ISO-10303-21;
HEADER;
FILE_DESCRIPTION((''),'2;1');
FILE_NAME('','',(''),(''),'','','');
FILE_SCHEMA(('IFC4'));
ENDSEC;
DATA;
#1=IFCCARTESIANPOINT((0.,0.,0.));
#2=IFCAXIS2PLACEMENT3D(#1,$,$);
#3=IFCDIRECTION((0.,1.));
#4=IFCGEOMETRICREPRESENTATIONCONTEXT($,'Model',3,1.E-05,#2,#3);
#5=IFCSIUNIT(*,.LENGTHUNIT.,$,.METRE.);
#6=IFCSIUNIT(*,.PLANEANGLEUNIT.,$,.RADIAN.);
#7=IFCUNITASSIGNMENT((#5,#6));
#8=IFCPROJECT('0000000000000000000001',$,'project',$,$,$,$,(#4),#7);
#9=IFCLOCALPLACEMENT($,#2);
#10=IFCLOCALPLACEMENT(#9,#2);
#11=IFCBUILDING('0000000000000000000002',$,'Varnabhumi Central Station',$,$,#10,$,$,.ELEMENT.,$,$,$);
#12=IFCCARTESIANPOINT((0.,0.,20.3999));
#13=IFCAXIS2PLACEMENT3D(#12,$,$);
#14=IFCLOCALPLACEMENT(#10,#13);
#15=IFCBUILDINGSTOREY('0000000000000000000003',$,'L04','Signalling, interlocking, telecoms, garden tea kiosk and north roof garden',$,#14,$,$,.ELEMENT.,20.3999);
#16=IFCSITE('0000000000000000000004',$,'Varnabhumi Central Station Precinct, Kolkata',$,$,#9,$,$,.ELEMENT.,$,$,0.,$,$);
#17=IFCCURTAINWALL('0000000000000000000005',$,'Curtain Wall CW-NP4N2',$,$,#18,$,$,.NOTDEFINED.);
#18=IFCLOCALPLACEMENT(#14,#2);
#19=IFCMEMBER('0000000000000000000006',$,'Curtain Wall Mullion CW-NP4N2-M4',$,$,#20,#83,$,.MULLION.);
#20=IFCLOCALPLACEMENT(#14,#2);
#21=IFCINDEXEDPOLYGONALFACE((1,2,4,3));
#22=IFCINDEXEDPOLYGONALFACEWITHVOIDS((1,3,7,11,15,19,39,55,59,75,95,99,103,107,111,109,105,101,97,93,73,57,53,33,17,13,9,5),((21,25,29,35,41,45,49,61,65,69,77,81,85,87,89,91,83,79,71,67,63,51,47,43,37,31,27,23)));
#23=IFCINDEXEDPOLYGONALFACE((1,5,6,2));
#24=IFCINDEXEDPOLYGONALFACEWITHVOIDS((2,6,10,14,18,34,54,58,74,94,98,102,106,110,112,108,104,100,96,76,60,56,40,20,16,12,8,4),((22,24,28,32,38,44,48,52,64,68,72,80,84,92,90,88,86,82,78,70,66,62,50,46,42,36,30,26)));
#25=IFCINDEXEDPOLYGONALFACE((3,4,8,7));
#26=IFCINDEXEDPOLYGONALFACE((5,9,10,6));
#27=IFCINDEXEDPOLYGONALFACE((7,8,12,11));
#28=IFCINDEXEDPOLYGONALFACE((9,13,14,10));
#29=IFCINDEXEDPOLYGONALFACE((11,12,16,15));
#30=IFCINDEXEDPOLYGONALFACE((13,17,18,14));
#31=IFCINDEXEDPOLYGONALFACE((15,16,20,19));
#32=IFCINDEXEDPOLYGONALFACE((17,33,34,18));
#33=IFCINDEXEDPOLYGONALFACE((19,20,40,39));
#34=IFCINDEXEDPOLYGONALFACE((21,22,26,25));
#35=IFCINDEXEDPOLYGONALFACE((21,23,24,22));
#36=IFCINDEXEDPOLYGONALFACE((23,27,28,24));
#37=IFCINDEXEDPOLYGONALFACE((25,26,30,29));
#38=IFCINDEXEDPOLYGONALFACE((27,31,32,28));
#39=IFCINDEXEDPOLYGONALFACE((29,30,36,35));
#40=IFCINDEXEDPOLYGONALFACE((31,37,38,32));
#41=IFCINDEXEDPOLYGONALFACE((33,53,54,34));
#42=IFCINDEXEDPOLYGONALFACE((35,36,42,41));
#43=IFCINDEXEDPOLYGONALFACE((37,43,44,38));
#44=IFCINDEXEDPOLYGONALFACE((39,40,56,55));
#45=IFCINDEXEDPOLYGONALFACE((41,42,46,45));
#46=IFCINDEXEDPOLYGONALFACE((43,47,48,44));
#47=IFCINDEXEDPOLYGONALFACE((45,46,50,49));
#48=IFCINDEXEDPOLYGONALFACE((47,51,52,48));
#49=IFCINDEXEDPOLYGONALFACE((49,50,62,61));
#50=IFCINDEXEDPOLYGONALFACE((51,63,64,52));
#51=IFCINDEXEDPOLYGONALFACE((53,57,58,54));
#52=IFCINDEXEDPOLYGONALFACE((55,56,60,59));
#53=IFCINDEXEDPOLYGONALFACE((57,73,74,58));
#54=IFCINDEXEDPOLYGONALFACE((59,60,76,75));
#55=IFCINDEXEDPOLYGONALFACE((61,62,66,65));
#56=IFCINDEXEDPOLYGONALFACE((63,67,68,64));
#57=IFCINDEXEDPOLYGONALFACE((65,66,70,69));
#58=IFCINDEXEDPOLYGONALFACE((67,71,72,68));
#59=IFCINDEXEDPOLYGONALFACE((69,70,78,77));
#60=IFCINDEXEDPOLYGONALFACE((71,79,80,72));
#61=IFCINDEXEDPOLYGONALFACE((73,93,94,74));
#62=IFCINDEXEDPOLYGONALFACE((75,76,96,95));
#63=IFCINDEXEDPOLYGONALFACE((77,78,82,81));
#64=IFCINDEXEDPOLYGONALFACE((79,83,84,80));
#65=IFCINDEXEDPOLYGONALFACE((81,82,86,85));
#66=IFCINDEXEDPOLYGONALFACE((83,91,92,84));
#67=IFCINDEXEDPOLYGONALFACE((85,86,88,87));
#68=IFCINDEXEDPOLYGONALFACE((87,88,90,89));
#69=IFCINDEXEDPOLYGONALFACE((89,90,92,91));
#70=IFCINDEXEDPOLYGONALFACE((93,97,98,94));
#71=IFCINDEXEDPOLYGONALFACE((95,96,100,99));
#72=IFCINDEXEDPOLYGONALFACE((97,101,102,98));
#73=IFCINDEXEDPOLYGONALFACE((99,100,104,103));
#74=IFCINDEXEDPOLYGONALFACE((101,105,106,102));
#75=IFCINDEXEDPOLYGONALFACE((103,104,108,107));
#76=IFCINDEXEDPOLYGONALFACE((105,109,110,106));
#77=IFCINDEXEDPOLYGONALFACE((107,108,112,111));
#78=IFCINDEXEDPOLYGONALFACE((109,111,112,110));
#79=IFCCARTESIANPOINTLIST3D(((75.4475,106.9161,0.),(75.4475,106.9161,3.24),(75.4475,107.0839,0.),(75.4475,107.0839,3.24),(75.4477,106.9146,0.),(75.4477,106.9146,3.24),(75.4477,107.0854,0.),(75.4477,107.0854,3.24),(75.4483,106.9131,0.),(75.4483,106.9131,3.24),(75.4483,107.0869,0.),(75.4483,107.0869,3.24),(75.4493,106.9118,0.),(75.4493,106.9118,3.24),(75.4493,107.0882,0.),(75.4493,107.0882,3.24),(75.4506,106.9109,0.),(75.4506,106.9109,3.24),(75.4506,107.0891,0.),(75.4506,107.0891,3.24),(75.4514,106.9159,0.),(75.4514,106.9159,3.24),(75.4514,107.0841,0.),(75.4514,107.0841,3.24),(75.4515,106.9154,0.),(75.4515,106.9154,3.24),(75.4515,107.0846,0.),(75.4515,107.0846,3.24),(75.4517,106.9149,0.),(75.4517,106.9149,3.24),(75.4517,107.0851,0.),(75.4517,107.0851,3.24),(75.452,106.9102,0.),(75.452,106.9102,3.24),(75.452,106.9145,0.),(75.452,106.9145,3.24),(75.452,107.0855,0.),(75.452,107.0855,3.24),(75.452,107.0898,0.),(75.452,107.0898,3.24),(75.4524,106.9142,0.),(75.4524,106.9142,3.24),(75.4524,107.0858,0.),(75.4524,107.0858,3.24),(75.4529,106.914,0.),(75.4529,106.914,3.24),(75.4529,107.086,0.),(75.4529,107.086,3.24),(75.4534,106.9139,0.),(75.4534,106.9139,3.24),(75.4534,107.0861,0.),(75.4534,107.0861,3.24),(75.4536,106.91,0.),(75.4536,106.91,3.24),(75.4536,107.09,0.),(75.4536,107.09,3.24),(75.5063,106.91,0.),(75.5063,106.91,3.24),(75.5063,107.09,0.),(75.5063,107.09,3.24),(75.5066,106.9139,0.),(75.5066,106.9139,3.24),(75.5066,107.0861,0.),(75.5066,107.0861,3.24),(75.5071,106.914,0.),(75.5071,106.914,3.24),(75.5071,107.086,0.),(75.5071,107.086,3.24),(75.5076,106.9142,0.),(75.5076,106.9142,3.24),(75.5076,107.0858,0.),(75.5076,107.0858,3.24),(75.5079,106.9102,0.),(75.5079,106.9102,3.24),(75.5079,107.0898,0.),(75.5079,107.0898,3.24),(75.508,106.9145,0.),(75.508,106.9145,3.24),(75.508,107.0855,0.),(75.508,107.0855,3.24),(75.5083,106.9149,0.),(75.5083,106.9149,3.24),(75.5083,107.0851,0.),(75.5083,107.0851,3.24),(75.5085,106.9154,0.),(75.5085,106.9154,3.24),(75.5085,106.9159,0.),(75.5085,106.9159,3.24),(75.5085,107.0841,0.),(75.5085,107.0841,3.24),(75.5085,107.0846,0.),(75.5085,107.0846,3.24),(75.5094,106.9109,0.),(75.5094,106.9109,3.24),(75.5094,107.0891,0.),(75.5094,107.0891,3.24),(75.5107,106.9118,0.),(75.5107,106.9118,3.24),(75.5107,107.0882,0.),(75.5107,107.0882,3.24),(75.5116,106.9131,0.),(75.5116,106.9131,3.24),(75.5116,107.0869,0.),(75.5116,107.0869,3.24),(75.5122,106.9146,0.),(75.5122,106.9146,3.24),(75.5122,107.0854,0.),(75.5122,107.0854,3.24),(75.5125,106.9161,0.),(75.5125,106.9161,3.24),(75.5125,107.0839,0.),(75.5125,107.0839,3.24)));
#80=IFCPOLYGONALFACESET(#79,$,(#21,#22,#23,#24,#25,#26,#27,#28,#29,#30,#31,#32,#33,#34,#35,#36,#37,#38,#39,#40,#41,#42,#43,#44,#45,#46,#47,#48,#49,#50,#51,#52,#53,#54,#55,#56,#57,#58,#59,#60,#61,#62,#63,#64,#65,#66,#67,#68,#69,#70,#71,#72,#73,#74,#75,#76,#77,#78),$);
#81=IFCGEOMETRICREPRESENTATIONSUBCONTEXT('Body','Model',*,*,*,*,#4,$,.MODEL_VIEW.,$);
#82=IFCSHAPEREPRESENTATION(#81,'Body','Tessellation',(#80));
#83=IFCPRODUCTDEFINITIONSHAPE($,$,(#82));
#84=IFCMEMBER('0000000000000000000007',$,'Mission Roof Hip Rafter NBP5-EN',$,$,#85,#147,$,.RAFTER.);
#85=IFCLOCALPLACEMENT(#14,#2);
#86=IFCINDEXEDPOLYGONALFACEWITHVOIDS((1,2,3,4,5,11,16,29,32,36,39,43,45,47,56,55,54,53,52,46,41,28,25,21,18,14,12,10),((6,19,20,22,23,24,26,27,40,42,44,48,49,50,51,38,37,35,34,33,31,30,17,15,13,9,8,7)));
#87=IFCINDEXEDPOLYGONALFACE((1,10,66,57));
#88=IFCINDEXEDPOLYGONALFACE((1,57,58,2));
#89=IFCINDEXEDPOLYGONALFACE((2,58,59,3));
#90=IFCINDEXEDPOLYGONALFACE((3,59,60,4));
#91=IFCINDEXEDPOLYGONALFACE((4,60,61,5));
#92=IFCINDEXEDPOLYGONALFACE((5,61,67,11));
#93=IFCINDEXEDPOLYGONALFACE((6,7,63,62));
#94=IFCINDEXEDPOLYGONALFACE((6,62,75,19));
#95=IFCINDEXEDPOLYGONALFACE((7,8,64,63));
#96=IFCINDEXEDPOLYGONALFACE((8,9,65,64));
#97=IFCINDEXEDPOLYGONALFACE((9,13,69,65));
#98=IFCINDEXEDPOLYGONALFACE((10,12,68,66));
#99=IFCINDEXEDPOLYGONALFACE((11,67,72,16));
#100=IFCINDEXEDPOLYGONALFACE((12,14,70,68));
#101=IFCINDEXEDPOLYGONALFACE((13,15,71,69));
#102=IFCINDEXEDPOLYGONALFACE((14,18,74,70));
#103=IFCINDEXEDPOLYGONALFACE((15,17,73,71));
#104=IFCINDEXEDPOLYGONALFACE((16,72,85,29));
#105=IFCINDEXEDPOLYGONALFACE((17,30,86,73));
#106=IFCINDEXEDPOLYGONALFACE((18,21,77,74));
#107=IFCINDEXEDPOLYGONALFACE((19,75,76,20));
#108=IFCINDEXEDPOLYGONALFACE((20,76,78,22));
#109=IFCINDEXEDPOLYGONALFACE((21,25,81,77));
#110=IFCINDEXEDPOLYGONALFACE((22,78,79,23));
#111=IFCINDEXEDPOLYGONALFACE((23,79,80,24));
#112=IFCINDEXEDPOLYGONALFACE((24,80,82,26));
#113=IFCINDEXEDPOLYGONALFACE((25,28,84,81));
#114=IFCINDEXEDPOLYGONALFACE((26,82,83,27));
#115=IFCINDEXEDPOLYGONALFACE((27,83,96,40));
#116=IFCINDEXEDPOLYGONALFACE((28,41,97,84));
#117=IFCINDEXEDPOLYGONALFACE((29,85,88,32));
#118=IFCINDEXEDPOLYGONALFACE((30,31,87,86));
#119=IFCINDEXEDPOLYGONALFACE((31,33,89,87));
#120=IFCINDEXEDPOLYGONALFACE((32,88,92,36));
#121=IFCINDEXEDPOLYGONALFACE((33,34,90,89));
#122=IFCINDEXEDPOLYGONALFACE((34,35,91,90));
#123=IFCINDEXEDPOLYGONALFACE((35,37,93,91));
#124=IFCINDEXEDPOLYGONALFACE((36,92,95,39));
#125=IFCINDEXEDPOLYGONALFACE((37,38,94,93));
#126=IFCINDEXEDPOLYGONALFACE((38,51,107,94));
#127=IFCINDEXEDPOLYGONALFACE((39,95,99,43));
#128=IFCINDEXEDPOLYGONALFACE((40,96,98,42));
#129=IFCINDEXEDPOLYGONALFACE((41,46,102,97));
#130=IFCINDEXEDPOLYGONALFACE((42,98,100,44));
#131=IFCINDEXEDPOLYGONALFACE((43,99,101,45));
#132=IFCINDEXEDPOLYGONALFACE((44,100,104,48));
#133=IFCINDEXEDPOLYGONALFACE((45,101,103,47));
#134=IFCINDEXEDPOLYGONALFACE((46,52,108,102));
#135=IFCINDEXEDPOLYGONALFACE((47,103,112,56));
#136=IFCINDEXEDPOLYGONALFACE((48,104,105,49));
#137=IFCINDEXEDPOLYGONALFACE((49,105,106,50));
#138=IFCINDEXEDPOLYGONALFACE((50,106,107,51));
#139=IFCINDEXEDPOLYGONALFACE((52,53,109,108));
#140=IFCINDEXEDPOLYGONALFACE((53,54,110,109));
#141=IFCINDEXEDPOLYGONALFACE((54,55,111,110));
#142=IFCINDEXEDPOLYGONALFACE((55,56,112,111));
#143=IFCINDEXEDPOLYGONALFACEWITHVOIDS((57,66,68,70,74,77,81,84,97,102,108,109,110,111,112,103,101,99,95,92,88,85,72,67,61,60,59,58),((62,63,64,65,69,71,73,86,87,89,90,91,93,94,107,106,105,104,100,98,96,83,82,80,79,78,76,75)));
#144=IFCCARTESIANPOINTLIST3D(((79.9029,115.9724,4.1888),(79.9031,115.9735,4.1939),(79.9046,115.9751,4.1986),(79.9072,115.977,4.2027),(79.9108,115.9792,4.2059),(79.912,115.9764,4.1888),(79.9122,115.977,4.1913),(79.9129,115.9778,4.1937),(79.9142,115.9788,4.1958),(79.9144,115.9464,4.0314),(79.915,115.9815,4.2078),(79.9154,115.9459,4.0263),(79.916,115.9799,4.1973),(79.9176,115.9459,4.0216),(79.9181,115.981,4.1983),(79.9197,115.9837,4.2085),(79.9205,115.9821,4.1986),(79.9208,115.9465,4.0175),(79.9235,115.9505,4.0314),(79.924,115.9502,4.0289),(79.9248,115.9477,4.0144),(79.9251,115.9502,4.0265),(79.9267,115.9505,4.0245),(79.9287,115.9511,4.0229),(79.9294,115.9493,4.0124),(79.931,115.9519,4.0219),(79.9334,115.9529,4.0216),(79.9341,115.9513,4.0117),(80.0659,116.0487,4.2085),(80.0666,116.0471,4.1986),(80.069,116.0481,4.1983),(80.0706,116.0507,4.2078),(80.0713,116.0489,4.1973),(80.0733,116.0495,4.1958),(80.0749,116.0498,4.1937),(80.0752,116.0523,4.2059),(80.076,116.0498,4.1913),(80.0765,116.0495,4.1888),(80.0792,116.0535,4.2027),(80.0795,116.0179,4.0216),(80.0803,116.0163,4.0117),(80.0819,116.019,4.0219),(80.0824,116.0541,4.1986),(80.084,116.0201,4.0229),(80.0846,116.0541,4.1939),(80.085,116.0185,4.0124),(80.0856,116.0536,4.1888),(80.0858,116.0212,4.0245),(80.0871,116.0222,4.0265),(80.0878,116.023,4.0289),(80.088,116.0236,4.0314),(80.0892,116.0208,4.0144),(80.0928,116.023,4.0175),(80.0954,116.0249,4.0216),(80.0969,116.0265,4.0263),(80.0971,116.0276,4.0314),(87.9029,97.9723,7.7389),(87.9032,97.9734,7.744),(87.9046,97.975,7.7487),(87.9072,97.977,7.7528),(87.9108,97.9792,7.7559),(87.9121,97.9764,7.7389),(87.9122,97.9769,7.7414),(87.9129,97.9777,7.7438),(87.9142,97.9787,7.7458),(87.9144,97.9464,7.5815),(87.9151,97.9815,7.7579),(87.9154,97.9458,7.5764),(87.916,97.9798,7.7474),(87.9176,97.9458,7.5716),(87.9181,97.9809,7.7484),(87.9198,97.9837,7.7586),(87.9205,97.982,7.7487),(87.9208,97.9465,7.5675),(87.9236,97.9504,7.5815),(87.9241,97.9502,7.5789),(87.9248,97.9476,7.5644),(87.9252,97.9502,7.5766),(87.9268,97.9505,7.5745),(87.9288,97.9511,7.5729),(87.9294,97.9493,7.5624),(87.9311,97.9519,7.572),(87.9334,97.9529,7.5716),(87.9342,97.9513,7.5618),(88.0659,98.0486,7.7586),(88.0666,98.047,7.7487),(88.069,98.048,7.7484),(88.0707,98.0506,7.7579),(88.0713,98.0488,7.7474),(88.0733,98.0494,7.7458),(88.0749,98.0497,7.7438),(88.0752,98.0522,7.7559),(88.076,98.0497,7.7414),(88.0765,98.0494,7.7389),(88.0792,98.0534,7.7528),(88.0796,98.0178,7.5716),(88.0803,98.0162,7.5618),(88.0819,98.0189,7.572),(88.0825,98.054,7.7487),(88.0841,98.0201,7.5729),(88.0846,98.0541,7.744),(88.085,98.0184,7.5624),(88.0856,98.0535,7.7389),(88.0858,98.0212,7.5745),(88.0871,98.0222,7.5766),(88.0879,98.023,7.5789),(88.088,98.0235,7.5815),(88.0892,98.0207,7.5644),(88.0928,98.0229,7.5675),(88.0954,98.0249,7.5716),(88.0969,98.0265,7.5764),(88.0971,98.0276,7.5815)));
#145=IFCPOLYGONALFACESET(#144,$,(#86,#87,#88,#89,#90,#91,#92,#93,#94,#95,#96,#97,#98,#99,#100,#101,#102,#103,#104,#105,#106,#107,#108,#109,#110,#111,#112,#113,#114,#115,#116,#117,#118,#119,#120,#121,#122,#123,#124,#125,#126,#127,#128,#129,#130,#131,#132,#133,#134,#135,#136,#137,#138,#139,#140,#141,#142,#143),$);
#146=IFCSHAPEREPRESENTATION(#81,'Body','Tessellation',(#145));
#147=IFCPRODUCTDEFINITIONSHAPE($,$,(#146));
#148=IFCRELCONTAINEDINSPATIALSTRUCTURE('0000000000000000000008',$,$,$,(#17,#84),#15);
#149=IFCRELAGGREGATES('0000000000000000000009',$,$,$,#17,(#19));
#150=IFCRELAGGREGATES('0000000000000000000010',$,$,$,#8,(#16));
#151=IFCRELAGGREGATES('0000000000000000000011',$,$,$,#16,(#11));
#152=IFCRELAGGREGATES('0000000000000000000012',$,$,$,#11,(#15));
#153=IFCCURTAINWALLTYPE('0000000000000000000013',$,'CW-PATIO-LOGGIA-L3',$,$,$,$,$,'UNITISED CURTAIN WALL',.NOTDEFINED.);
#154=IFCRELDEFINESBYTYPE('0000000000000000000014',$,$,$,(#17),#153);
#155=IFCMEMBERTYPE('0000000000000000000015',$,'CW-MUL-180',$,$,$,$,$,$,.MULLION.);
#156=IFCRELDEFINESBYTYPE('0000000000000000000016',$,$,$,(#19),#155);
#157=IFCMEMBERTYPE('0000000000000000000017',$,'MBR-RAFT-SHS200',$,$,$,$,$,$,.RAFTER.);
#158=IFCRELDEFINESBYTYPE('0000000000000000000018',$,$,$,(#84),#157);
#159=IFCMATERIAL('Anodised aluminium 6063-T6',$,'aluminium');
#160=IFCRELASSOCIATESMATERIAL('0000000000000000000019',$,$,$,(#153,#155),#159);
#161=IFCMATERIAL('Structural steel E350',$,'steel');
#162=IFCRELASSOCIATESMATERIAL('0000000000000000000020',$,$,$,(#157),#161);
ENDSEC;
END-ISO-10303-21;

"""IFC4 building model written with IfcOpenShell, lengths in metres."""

from ifc_helpers import new_model, si_unit, direction, frame, origin, origin_2d, place, context, subcontext, project, spatial, hollow_rectangle, extrude, material, material_profile, profile_set, type_object, element, aggregate, save


model = new_model("IFC4")

# Units and contexts
model_context = context("Model", 3, precision=1e-05, world=origin(), true_north=direction((0.0, 1.0)))
body_context = subcontext(model_context, "Body", "Model", "MODEL_VIEW")
ifc_project = project(units=[si_unit("LENGTHUNIT", "METRE"), si_unit("PLANEANGLEUNIT", "RADIAN")], contexts=[model_context])

# Site, building, storey
site_placement = place(None, origin())
site = spatial("IfcSite", under=ifc_project, at=site_placement, Name="Varnabhumi Central Station Precinct, Kolkata", CompositionType="ELEMENT", RefElevation=0.0)
building_placement = place(site_placement, origin())
building = spatial("IfcBuilding", under=site, at=building_placement, Name="Varnabhumi Central Station", CompositionType="ELEMENT")
storey_placement = place(building_placement, frame((0.0, 0.0, 20.3999)))
storey = spatial("IfcBuildingStorey", under=building, at=storey_placement, Name="L04", Description="Signalling, interlocking, telecoms, garden tea kiosk and north roof garden", CompositionType="ELEMENT", Elevation=20.3999)

# Shared definitions
ifc_material_1 = material(Name="Structural steel E350", Category="steel")

# Curtain wall, member
ifc_material_2 = material(Name="Anodised aluminium 6063-T6", Category="aluminium")
curtain_wall_type = type_object("IfcCurtainWallType", Name="CW-PATIO-LOGGIA-L3", ElementType="UNITISED CURTAIN WALL", PredefinedType="NOTDEFINED", material=ifc_material_2)
curtain_wall_placement = place(storey_placement, origin())
curtain_wall = element("IfcCurtainWall", 1, at=curtain_wall_placement, inside=storey, type_object=curtain_wall_type, Name="Curtain Wall CW-NP4N2", PredefinedType="NOTDEFINED")
ifc_material_profile_1 = material_profile(ifc_material_2, hollow_rectangle(XDim=0.0649, YDim=0.1799, WallThickness=0.0039, InnerFilletRadius=0.002, OuterFilletRadius=0.0061, at=origin_2d()), Name="Anodised aluminium 6063-T6", Category="aluminium")
ifc_profile_set_1 = profile_set([ifc_material_profile_1], Name="Anodised aluminium 6063-T6")
member_type_1 = type_object("IfcMemberType", Name="CW-MUL-180", PredefinedType="MULLION", material=ifc_profile_set_1)
member_1_placement = place(storey_placement, frame((75.48, 107.0, 0.0), z_axis=(0.0, 0.0, 1.0), x_axis=(1.0, 0.0, 0.0)))
member_1 = element("IfcMember", 2, at=member_1_placement, type_object=member_type_1, Name="Curtain Wall Mullion CW-NP4N2-M4", PredefinedType="MULLION", context=body_context, shape_type="SweptSolid", body=[
    extrude(hollow_rectangle(XDim=0.0649, YDim=0.1799, WallThickness=0.0039, InnerFilletRadius=0.002, OuterFilletRadius=0.0061, at=origin_2d()), origin(), (0.0, 0.0, 1.0), 3.24),
])

# Member
ifc_material_profile_2 = material_profile(ifc_material_1, hollow_rectangle(XDim=0.2, YDim=0.2, WallThickness=0.01, InnerFilletRadius=0.01, OuterFilletRadius=0.02, at=origin_2d()), Name="Structural steel E350", Category="steel")
ifc_profile_set_2 = profile_set([ifc_material_profile_2], Name="Structural steel E350")
member_type_2 = type_object("IfcMemberType", Name="MBR-RAFT-SHS200", PredefinedType="RAFTER", material=ifc_profile_set_2)
member_2_placement = place(storey_placement, frame((80.0, 116.0, 4.1101), z_axis=(0.399699, -0.899323, 0.177369), x_axis=(0.913812, 0.406138, 0.0)))
element("IfcMember", 3, at=member_2_placement, inside=storey, type_object=member_type_2, Name="Mission Roof Hip Rafter NBP5-EN", PredefinedType="RAFTER", context=body_context, shape_type="SweptSolid", body=[
    extrude(hollow_rectangle(XDim=0.2, YDim=0.2, WallThickness=0.01, InnerFilletRadius=0.01, OuterFilletRadius=0.02, at=origin_2d()), origin(), (0.0, 0.0, 1.0), 20.0151),
])

aggregate(curtain_wall, [member_1])

save(model, "model.ifc")
